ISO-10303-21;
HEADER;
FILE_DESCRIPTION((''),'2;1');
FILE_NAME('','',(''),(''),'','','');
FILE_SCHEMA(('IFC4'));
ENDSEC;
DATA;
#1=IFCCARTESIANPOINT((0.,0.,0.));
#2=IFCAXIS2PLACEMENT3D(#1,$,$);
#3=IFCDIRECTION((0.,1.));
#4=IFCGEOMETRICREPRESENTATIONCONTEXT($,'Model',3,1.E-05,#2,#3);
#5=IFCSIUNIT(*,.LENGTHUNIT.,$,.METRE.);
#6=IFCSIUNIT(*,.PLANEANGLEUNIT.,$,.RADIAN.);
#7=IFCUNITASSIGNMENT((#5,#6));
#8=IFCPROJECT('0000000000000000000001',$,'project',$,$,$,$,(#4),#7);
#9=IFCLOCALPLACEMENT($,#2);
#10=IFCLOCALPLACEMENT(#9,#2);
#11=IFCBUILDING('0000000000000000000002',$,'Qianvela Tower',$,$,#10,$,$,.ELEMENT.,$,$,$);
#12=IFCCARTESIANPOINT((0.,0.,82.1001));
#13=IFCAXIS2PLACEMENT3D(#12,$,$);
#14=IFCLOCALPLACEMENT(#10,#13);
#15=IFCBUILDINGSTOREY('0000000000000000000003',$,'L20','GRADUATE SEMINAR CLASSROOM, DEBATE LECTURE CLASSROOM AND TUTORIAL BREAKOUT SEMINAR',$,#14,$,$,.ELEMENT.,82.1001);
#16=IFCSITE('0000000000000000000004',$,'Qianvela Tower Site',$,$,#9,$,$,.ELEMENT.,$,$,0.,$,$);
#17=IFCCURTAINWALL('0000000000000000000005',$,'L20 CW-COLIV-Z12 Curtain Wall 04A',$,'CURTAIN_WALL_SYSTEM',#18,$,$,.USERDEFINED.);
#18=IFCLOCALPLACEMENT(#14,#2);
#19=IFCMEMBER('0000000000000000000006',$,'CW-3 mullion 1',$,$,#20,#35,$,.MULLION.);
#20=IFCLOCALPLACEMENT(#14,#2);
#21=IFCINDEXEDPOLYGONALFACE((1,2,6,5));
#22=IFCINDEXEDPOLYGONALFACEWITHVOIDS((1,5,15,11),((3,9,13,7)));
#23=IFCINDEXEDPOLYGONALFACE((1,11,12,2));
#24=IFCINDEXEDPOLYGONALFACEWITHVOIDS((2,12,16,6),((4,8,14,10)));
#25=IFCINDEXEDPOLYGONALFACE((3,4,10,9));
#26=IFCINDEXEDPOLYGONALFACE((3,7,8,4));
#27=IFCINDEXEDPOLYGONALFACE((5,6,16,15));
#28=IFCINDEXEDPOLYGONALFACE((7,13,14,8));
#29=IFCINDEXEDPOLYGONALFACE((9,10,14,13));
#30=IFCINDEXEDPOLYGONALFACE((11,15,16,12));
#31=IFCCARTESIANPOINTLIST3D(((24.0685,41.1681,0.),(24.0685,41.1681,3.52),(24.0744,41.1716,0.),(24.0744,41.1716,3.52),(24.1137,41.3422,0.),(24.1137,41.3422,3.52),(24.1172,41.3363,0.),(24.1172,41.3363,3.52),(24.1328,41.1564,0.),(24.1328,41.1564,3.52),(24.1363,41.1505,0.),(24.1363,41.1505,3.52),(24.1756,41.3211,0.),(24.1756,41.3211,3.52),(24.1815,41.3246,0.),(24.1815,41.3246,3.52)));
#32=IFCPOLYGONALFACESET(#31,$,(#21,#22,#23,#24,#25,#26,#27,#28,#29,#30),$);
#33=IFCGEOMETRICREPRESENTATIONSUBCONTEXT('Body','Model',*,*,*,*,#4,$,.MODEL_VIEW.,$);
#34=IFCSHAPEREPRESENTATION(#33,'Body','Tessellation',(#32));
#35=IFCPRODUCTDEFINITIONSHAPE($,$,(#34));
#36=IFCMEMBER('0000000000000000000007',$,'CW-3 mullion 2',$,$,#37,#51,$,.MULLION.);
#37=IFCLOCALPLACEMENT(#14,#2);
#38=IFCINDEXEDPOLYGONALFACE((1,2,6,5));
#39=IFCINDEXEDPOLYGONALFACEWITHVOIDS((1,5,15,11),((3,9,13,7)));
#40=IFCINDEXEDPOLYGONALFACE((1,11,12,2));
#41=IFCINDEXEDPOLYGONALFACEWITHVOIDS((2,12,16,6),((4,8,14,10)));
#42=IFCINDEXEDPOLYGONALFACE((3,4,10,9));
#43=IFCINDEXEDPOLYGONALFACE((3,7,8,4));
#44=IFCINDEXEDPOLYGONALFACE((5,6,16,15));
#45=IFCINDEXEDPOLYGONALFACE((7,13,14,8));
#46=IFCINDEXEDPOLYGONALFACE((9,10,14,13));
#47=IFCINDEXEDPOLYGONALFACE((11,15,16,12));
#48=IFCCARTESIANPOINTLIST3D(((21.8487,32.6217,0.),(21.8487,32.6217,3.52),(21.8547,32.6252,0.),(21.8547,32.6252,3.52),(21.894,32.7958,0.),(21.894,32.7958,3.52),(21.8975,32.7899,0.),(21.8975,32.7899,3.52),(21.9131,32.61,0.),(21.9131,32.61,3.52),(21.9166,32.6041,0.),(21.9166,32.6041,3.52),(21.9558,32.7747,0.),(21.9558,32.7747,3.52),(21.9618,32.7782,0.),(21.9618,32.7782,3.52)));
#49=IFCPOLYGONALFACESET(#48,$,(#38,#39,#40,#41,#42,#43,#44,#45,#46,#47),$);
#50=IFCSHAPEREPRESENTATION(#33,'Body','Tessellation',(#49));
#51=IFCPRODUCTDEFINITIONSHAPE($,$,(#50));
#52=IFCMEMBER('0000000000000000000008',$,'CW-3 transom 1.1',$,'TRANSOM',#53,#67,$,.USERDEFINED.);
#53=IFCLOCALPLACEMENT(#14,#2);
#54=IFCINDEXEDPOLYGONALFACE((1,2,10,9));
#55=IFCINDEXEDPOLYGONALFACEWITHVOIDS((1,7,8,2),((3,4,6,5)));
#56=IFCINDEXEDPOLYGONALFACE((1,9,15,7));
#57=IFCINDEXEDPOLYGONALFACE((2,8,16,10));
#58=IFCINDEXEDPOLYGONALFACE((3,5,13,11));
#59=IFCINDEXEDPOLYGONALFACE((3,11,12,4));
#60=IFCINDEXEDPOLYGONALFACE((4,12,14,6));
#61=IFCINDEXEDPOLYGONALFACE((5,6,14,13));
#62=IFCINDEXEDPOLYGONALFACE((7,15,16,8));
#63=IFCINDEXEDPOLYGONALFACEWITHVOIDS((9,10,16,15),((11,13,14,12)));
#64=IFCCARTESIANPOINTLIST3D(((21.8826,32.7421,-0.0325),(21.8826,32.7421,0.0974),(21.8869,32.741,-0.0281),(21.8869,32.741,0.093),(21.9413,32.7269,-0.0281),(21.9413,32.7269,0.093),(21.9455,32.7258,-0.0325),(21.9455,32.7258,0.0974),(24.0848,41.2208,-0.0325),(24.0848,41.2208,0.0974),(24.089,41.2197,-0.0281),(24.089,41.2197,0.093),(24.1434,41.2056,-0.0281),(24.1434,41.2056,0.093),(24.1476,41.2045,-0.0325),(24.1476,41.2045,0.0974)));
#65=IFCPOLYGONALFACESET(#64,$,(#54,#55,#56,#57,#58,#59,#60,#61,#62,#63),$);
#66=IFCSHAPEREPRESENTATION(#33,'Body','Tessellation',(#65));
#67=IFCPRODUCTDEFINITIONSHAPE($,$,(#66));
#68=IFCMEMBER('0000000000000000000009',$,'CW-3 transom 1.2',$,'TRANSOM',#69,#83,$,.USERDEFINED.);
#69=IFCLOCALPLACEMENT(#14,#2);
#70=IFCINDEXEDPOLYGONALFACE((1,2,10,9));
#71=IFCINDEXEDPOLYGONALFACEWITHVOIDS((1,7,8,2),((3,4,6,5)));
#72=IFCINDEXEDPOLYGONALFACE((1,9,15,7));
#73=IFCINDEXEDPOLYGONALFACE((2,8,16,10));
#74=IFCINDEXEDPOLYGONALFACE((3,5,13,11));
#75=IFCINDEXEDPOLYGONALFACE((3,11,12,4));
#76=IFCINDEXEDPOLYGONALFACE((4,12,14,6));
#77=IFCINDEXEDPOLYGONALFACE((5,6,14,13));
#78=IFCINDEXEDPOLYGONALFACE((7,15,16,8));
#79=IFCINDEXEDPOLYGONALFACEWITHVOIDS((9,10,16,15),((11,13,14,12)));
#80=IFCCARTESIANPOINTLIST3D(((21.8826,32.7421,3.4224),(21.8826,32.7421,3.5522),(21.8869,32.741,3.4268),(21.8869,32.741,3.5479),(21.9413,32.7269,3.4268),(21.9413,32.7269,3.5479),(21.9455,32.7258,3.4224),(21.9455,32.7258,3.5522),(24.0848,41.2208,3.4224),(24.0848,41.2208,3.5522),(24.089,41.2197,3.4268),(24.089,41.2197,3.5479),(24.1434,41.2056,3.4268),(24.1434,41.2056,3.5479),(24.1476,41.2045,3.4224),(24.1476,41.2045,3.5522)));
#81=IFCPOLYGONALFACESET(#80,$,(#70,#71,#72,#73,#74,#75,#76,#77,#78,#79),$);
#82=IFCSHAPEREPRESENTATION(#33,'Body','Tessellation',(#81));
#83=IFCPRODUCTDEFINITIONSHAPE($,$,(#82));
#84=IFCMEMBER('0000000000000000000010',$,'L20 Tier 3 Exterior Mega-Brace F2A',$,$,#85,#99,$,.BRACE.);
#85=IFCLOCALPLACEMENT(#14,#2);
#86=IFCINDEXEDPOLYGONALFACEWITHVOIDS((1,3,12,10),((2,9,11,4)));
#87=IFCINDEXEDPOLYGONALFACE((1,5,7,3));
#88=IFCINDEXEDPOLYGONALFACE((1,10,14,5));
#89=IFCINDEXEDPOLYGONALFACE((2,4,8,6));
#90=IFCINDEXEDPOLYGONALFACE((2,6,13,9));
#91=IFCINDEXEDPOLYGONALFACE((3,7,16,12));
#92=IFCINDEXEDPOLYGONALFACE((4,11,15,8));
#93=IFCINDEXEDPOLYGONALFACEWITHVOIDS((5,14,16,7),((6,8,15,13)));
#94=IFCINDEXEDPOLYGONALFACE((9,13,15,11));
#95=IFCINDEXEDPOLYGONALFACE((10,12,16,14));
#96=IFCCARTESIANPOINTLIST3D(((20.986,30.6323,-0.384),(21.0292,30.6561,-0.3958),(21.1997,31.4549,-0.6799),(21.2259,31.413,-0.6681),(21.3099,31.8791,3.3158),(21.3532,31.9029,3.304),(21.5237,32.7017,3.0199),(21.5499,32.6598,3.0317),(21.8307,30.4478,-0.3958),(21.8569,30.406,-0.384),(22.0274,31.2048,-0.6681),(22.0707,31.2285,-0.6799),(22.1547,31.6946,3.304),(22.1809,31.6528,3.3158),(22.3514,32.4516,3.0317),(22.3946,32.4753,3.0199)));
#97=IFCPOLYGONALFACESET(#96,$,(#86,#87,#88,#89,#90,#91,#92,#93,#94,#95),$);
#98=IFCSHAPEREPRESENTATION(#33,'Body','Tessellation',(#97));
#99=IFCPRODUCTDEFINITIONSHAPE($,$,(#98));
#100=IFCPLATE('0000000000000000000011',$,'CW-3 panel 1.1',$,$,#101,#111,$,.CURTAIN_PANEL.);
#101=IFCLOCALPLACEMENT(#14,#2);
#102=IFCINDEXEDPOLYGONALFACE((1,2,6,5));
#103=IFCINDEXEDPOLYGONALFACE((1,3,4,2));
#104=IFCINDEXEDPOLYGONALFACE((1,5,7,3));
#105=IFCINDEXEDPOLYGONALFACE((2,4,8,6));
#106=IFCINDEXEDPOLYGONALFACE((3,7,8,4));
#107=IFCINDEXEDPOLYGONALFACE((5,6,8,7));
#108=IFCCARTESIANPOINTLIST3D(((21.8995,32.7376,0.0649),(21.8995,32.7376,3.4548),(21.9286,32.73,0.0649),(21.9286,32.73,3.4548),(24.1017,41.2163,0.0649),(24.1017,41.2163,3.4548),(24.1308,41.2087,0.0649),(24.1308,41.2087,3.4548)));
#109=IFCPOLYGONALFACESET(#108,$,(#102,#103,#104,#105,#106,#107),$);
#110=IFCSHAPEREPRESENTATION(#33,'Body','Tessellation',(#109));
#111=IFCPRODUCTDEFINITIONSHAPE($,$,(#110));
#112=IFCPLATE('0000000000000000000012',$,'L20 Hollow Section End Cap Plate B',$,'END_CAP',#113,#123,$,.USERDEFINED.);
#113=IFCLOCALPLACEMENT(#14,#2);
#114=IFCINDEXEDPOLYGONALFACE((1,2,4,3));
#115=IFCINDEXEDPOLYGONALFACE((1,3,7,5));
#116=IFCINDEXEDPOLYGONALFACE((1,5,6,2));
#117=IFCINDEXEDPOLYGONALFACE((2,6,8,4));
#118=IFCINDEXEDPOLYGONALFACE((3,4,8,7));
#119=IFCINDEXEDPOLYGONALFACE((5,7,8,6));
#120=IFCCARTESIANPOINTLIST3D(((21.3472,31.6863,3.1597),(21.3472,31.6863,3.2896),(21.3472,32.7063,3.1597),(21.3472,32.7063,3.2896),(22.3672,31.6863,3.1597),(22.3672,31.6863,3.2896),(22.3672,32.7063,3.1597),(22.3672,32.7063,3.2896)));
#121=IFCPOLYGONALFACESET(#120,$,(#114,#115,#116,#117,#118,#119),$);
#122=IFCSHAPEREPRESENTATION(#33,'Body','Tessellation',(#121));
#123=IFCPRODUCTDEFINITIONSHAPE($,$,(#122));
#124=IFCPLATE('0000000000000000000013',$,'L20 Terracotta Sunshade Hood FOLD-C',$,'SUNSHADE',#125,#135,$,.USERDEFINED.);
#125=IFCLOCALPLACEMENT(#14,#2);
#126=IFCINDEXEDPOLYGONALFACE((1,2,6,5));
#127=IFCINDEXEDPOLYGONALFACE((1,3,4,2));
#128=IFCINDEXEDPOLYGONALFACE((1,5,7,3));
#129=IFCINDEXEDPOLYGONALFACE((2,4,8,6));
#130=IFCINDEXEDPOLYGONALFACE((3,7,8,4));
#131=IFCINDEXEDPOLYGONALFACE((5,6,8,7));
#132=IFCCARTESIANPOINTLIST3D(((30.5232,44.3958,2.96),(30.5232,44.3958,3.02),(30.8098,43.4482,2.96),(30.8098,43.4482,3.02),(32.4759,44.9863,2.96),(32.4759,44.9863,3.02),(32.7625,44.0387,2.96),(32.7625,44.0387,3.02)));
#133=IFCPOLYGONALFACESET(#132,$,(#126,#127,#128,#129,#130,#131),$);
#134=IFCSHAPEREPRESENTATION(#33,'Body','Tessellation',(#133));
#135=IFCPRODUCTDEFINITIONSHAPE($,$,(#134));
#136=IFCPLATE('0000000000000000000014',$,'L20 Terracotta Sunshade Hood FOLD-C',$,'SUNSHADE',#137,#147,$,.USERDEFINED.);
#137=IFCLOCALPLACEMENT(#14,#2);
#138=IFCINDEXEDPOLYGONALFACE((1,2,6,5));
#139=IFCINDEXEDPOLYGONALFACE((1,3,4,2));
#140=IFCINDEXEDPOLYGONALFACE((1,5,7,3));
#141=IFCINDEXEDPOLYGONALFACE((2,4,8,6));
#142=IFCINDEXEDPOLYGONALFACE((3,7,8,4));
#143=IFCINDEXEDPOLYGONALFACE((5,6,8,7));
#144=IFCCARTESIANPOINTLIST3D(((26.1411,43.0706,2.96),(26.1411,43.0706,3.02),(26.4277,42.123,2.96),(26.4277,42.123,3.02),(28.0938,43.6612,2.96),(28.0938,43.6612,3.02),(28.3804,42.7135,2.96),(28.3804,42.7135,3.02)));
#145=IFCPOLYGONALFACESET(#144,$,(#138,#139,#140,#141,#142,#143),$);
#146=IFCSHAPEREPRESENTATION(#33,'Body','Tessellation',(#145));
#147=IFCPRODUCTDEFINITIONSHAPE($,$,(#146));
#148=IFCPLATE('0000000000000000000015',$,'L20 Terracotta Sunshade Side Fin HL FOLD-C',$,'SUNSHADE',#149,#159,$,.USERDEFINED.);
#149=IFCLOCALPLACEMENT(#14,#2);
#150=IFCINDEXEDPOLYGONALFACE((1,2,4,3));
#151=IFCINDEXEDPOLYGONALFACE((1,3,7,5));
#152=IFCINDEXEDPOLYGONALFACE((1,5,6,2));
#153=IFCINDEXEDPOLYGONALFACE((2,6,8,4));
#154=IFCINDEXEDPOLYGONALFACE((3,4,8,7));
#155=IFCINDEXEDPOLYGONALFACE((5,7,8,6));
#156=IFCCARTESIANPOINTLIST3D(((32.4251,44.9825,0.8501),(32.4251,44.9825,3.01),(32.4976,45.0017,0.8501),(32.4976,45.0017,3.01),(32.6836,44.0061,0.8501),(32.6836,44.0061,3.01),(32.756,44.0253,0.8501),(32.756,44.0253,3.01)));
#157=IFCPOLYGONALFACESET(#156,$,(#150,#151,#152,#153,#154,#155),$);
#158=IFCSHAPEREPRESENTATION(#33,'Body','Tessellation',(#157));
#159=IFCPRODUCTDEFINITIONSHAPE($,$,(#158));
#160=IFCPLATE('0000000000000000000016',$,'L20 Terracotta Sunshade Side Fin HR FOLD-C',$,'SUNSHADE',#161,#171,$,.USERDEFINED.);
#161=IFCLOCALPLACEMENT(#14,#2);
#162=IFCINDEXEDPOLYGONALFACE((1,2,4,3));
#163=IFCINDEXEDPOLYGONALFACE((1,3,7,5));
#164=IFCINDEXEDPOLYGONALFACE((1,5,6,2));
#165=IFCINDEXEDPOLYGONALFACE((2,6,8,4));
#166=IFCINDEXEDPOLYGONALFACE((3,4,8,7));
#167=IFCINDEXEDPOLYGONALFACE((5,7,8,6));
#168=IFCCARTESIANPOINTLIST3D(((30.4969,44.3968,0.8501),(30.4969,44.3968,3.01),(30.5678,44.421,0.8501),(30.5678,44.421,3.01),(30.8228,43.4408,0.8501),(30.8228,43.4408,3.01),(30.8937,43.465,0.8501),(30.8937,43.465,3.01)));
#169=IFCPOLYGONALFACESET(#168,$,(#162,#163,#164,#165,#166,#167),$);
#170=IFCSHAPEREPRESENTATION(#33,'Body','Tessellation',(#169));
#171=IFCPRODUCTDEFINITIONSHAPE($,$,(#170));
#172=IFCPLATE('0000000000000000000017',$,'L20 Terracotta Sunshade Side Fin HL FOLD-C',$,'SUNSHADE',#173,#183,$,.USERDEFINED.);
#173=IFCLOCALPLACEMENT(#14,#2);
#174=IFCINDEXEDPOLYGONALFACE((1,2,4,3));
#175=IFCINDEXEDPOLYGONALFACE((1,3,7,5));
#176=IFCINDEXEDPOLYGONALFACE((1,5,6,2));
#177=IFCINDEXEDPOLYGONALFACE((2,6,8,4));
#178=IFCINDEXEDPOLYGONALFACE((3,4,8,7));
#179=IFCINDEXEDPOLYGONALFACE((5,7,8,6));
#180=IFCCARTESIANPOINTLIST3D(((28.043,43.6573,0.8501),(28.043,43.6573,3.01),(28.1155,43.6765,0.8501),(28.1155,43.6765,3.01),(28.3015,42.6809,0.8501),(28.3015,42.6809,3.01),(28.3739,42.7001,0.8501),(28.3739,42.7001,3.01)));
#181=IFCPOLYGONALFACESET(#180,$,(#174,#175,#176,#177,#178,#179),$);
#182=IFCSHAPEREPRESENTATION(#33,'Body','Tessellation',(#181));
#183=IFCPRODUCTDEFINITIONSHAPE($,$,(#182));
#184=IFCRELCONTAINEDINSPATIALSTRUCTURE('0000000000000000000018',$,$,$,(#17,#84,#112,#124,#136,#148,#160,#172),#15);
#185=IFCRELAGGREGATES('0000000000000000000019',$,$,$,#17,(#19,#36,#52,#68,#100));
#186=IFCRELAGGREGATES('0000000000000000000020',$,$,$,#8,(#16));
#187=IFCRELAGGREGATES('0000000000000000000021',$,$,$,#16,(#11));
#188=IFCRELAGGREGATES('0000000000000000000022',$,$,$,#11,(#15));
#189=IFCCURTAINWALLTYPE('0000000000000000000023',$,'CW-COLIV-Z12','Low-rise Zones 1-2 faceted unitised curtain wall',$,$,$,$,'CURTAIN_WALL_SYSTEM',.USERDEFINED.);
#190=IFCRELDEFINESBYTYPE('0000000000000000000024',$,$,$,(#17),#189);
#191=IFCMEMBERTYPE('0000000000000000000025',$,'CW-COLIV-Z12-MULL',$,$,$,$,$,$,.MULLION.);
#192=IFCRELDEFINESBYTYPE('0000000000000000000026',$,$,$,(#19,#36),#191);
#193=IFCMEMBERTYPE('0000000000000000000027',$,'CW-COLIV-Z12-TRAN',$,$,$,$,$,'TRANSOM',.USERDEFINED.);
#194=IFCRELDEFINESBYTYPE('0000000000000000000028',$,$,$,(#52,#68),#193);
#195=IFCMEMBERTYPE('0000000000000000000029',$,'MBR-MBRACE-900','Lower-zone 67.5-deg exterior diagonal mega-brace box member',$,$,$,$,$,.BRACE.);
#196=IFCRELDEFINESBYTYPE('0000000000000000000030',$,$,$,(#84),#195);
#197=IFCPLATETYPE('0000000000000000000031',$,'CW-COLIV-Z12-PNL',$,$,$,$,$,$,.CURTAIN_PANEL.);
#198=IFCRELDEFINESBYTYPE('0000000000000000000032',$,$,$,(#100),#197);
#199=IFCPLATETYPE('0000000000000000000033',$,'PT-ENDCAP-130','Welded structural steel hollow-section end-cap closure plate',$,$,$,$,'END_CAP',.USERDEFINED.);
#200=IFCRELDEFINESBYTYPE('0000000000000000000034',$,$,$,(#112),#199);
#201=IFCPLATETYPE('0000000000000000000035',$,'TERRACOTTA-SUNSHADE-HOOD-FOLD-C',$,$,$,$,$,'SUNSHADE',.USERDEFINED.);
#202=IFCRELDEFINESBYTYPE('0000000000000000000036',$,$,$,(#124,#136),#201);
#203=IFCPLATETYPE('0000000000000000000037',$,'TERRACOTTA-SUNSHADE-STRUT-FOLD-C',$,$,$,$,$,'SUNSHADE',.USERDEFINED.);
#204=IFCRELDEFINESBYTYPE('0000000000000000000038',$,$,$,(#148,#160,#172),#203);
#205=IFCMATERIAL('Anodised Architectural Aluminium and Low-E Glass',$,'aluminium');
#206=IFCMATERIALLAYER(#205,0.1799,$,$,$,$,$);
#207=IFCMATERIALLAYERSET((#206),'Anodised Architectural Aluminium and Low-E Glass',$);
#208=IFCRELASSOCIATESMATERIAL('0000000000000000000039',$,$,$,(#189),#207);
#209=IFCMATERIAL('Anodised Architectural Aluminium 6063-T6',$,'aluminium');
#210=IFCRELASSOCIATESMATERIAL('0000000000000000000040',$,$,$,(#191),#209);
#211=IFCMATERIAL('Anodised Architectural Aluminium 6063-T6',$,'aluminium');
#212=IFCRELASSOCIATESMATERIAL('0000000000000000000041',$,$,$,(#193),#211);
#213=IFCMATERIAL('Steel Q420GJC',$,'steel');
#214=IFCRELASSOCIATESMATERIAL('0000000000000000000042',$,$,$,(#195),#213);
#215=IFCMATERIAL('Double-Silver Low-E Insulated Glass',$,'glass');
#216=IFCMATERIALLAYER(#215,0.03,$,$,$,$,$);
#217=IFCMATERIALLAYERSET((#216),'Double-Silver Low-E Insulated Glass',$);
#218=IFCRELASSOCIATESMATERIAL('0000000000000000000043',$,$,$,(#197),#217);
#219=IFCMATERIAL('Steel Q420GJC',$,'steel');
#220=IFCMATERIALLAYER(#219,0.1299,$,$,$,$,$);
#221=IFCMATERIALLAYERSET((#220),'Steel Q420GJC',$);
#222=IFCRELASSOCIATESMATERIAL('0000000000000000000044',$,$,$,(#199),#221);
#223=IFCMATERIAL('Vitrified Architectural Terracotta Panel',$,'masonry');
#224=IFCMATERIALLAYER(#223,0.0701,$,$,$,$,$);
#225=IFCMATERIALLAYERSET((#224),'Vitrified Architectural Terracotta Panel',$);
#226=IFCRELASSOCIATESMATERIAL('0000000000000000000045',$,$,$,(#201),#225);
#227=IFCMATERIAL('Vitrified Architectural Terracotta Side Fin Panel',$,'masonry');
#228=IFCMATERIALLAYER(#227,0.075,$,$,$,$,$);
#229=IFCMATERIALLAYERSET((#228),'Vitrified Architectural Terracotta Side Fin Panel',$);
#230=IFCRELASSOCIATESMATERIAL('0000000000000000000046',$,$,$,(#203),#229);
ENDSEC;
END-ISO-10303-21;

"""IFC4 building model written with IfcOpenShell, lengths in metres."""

from ifc_helpers import new_model, si_unit, direction, frame, origin, origin_2d, place, context, subcontext, project, spatial, rectangle, hollow_rectangle, extrude, material, layer, layer_set, material_profile, profile_set, type_object, element, aggregate, save


model = new_model("IFC4")

# Units and contexts
model_context = context("Model", 3, precision=1e-05, world=origin(), true_north=direction((0.0, 1.0)))
body_context = subcontext(model_context, "Body", "Model", "MODEL_VIEW")
ifc_project = project(units=[si_unit("LENGTHUNIT", "METRE"), si_unit("PLANEANGLEUNIT", "RADIAN")], contexts=[model_context])

# Site, building, storey
site_placement = place(None, origin())
site = spatial("IfcSite", under=ifc_project, at=site_placement, Name="Qianvela Tower Site", CompositionType="ELEMENT", RefElevation=0.0)
building_placement = place(site_placement, origin())
building = spatial("IfcBuilding", under=site, at=building_placement, Name="Qianvela Tower", CompositionType="ELEMENT")
storey_placement = place(building_placement, frame((0.0, 0.0, 82.1001)))
storey = spatial("IfcBuildingStorey", under=building, at=storey_placement, Name="L20", Description="GRADUATE SEMINAR CLASSROOM, DEBATE LECTURE CLASSROOM AND TUTORIAL BREAKOUT SEMINAR", CompositionType="ELEMENT", Elevation=82.1001)

# Curtain wall, members
ifc_material_1 = material(Name="Anodised Architectural Aluminium and Low-E Glass", Category="aluminium")
ifc_layer_1 = layer(ifc_material_1, 0.1799)
ifc_layer_set_1 = layer_set([ifc_layer_1], Name="Anodised Architectural Aluminium and Low-E Glass")
curtain_wall_type_1 = type_object("IfcCurtainWallType", Name="CW-COLIV-Z12", Description="Low-rise Zones 1-2 faceted unitised curtain wall", ElementType="CURTAIN_WALL_SYSTEM", PredefinedType="USERDEFINED", material=ifc_layer_set_1)
curtain_wall_1_placement = place(storey_placement, origin())
curtain_wall_1 = element("IfcCurtainWall", 1, at=curtain_wall_1_placement, inside=storey, type_object=curtain_wall_type_1, Name="L20 CW-COLIV-Z12 Curtain Wall 04A", ObjectType="CURTAIN_WALL_SYSTEM", PredefinedType="USERDEFINED")
ifc_material_2 = material(Name="Anodised Architectural Aluminium 6063-T6", Category="aluminium")
ifc_material_profile_1 = material_profile(ifc_material_2, hollow_rectangle(XDim=0.0701, YDim=0.1799, WallThickness=0.0049, at=origin_2d()), Name="ALU-MULL-70x180")
ifc_profile_set_1 = profile_set([ifc_material_profile_1], Name="Anodised Architectural Aluminium 6063-T6")
member_type_1 = type_object("IfcMemberType", Name="CW-COLIV-Z12-MULL", PredefinedType="MULLION", material=ifc_profile_set_1)
member_1_placement = place(storey_placement, frame((24.125, 41.2463, 0.0), z_axis=(0.0, 0.0, 1.0), x_axis=(0.967885, -0.251393, 0.0)))
member_1 = element("IfcMember", 2, at=member_1_placement, type_object=member_type_1, Name="CW-3 mullion 1", PredefinedType="MULLION", context=body_context, shape_type="SweptSolid", body=[
    extrude(hollow_rectangle(XDim=0.0701, YDim=0.1799, WallThickness=0.0049, at=origin_2d()), origin(), (0.0, 0.0, 1.0), 3.52),
])
member_2_placement = place(storey_placement, frame((21.9053, 32.7, 0.0), z_axis=(0.0, 0.0, 1.0), x_axis=(0.967885, -0.251393, 0.0)))
member_2 = element("IfcMember", 3, at=member_2_placement, type_object=member_type_1, Name="CW-3 mullion 2", PredefinedType="MULLION", context=body_context, shape_type="SweptSolid", body=[
    extrude(hollow_rectangle(XDim=0.0701, YDim=0.1799, WallThickness=0.0049, at=origin_2d()), origin(), (0.0, 0.0, 1.0), 3.52),
])
ifc_material_3 = material(Name="Anodised Architectural Aluminium 6063-T6", Category="aluminium")
ifc_material_profile_2 = material_profile(ifc_material_3, hollow_rectangle(XDim=0.0649, YDim=0.1299, WallThickness=0.0044, at=origin_2d()), Name="ALU-TRAN-65x130")
ifc_profile_set_2 = profile_set([ifc_material_profile_2], Name="Anodised Architectural Aluminium 6063-T6")
member_type_2 = type_object("IfcMemberType", Name="CW-COLIV-Z12-TRAN", ElementType="TRANSOM", PredefinedType="USERDEFINED", material=ifc_profile_set_2)
member_3_placement = place(storey_placement, frame((24.1162, 41.2126, 0.0325), z_axis=(-0.251385, -0.967887, 0.0), x_axis=(0.967887, -0.251385, 0.0)))
member_3 = element("IfcMember", 4, at=member_3_placement, type_object=member_type_2, Name="CW-3 transom 1.1", ObjectType="TRANSOM", PredefinedType="USERDEFINED", context=body_context, shape_type="SweptSolid", body=[
    extrude(hollow_rectangle(XDim=0.0649, YDim=0.1299, WallThickness=0.0044, at=origin_2d()), origin(), (0.0, 0.0, 1.0), 8.76),
])
member_4_placement = place(storey_placement, frame((24.1162, 41.2126, 3.4873), z_axis=(-0.251385, -0.967887, 0.0), x_axis=(0.967887, -0.251385, 0.0)))
member_4 = element("IfcMember", 5, at=member_4_placement, type_object=member_type_2, Name="CW-3 transom 1.2", ObjectType="TRANSOM", PredefinedType="USERDEFINED", context=body_context, shape_type="SweptSolid", body=[
    extrude(hollow_rectangle(XDim=0.0649, YDim=0.1299, WallThickness=0.0044, at=origin_2d()), origin(), (0.0, 0.0, 1.0), 8.76),
])

# Member
ifc_material_4 = material(Name="Steel Q420GJC", Category="steel")
ifc_material_profile_3 = material_profile(ifc_material_4, hollow_rectangle(XDim=0.8999, YDim=0.8999, WallThickness=0.0359, at=origin_2d()), Name="MBOX-900x900x36")
ifc_profile_set_3 = profile_set([ifc_material_profile_3], Name="Steel Q420GJC")
member_type_3 = type_object("IfcMemberType", Name="MBR-MBRACE-900", Description="Lower-zone 67.5-deg exterior diagonal mega-brace box member", PredefinedType="BRACE", material=ifc_profile_set_3)
member_5_placement = place(storey_placement, frame((21.5283, 30.9304, -0.532), z_axis=(0.082693, 0.318246, 0.944395), x_axis=(-0.96786, 0.251488, 0.0)))
element("IfcMember", 6, at=member_5_placement, inside=storey, type_object=member_type_3, Name="L20 Tier 3 Exterior Mega-Brace F2A", PredefinedType="BRACE", context=body_context, shape_type="SweptSolid", body=[
    extrude(hollow_rectangle(XDim=0.8999, YDim=0.8999, WallThickness=0.0359, at=origin_2d()), origin(), (0.0, 0.0, 1.0), 3.9177),
])

# Plate
ifc_material_5 = material(Name="Double-Silver Low-E Insulated Glass", Category="glass")
ifc_layer_2 = layer(ifc_material_5, 0.03)
ifc_layer_set_2 = layer_set([ifc_layer_2], Name="Double-Silver Low-E Insulated Glass")
plate_type_1 = type_object("IfcPlateType", Name="CW-COLIV-Z12-PNL", PredefinedType="CURTAIN_PANEL", material=ifc_layer_set_2)
plate_1_placement = place(storey_placement, frame((23.0151, 36.9731, 0.0649), z_axis=(0.0, 0.0, 1.0), x_axis=(-0.251393, -0.967885, 0.0)))
plate_1 = element("IfcPlate", 7, at=plate_1_placement, type_object=plate_type_1, Name="CW-3 panel 1.1", PredefinedType="CURTAIN_PANEL", context=body_context, shape_type="SweptSolid", body=[
    extrude(rectangle(XDim=8.76, YDim=0.03, at=origin_2d()), origin(), (0.0, 0.0, 1.0), 3.3899),
])
aggregate(curtain_wall_1, [member_1, member_2, member_3, member_4, plate_1])

# Plates
ifc_material_6 = material(Name="Steel Q420GJC", Category="steel")
ifc_layer_3 = layer(ifc_material_6, 0.1299)
ifc_layer_set_3 = layer_set([ifc_layer_3], Name="Steel Q420GJC")
plate_type_2 = type_object("IfcPlateType", Name="PT-ENDCAP-130", Description="Welded structural steel hollow-section end-cap closure plate", ElementType="END_CAP", PredefinedType="USERDEFINED", material=ifc_layer_set_3)
plate_2_placement = place(storey_placement, frame((21.8572, 32.1963, 3.1597), z_axis=(0.0, 0.0, 1.0), x_axis=(1.0, 0.0, 0.0)))
element("IfcPlate", 8, at=plate_2_placement, inside=storey, type_object=plate_type_2, Name="L20 Hollow Section End Cap Plate B", ObjectType="END_CAP", PredefinedType="USERDEFINED", context=body_context, shape_type="SweptSolid", body=[
    extrude(rectangle(XDim=1.02, YDim=1.02, at=origin_2d()), origin(), (0.0, 0.0, 1.0), 0.1299),
])
ifc_material_7 = material(Name="Vitrified Architectural Terracotta Panel", Category="masonry")
ifc_layer_4 = layer(ifc_material_7, 0.0701)
ifc_layer_set_4 = layer_set([ifc_layer_4], Name="Vitrified Architectural Terracotta Panel")
plate_type_3 = type_object("IfcPlateType", Name="TERRACOTTA-SUNSHADE-HOOD-FOLD-C", ElementType="SUNSHADE", PredefinedType="USERDEFINED", material=ifc_layer_set_4)
for number, where, z_axis, x_axis, name in (
    (9, (31.6428, 44.2173, 2.96), (0.0, 0.0, 1.0), (-0.957188, -0.289466, 0.0), "L20 Terracotta Sunshade Hood FOLD-C"),
    (10, (27.2607, 42.8921, 2.96), (0.0, 0.0, 1.0), (-0.957188, -0.289466, 0.0), "L20 Terracotta Sunshade Hood FOLD-C"),
):
    element("IfcPlate", number, at=place(storey_placement, frame(where, z_axis=z_axis, x_axis=x_axis)), inside=storey, type_object=plate_type_3, Name=name, ObjectType="SUNSHADE", PredefinedType="USERDEFINED", context=body_context, shape_type="SweptSolid", body=[
        extrude(rectangle(XDim=2.04, YDim=0.99, at=origin_2d()), origin(), (0.0, 0.0, 1.0), 0.0601),
    ])
ifc_material_8 = material(Name="Vitrified Architectural Terracotta Side Fin Panel", Category="masonry")
ifc_layer_5 = layer(ifc_material_8, 0.075)
ifc_layer_set_5 = layer_set([ifc_layer_5], Name="Vitrified Architectural Terracotta Side Fin Panel")
plate_type_4 = type_object("IfcPlateType", Name="TERRACOTTA-SUNSHADE-STRUT-FOLD-C", ElementType="SUNSHADE", PredefinedType="USERDEFINED", material=ifc_layer_set_5)
for number, where, z_axis, x_axis, name in (
    (11, (32.5906, 44.5039, 0.8501), (0.0, 0.0, 1.0), (-0.966707, -0.255884, 0.0), "L20 Terracotta Sunshade Side Fin HL FOLD-C"),
    (12, (30.6953, 43.9309, 0.8501), (0.0, 0.0, 1.0), (-0.946503, -0.322695, 0.0), "L20 Terracotta Sunshade Side Fin HR FOLD-C"),
    (13, (28.2085, 43.1787, 0.8501), (0.0, 0.0, 1.0), (-0.966707, -0.255884, 0.0), "L20 Terracotta Sunshade Side Fin HL FOLD-C"),
):
    element("IfcPlate", number, at=place(storey_placement, frame(where, z_axis=z_axis, x_axis=x_axis)), inside=storey, type_object=plate_type_4, Name=name, ObjectType="SUNSHADE", PredefinedType="USERDEFINED", context=body_context, shape_type="SweptSolid", body=[
        extrude(rectangle(XDim=0.075, YDim=1.01, at=origin_2d()), origin(), (0.0, 0.0, 1.0), 2.1599),
    ])

save(model, "model.ifc")
